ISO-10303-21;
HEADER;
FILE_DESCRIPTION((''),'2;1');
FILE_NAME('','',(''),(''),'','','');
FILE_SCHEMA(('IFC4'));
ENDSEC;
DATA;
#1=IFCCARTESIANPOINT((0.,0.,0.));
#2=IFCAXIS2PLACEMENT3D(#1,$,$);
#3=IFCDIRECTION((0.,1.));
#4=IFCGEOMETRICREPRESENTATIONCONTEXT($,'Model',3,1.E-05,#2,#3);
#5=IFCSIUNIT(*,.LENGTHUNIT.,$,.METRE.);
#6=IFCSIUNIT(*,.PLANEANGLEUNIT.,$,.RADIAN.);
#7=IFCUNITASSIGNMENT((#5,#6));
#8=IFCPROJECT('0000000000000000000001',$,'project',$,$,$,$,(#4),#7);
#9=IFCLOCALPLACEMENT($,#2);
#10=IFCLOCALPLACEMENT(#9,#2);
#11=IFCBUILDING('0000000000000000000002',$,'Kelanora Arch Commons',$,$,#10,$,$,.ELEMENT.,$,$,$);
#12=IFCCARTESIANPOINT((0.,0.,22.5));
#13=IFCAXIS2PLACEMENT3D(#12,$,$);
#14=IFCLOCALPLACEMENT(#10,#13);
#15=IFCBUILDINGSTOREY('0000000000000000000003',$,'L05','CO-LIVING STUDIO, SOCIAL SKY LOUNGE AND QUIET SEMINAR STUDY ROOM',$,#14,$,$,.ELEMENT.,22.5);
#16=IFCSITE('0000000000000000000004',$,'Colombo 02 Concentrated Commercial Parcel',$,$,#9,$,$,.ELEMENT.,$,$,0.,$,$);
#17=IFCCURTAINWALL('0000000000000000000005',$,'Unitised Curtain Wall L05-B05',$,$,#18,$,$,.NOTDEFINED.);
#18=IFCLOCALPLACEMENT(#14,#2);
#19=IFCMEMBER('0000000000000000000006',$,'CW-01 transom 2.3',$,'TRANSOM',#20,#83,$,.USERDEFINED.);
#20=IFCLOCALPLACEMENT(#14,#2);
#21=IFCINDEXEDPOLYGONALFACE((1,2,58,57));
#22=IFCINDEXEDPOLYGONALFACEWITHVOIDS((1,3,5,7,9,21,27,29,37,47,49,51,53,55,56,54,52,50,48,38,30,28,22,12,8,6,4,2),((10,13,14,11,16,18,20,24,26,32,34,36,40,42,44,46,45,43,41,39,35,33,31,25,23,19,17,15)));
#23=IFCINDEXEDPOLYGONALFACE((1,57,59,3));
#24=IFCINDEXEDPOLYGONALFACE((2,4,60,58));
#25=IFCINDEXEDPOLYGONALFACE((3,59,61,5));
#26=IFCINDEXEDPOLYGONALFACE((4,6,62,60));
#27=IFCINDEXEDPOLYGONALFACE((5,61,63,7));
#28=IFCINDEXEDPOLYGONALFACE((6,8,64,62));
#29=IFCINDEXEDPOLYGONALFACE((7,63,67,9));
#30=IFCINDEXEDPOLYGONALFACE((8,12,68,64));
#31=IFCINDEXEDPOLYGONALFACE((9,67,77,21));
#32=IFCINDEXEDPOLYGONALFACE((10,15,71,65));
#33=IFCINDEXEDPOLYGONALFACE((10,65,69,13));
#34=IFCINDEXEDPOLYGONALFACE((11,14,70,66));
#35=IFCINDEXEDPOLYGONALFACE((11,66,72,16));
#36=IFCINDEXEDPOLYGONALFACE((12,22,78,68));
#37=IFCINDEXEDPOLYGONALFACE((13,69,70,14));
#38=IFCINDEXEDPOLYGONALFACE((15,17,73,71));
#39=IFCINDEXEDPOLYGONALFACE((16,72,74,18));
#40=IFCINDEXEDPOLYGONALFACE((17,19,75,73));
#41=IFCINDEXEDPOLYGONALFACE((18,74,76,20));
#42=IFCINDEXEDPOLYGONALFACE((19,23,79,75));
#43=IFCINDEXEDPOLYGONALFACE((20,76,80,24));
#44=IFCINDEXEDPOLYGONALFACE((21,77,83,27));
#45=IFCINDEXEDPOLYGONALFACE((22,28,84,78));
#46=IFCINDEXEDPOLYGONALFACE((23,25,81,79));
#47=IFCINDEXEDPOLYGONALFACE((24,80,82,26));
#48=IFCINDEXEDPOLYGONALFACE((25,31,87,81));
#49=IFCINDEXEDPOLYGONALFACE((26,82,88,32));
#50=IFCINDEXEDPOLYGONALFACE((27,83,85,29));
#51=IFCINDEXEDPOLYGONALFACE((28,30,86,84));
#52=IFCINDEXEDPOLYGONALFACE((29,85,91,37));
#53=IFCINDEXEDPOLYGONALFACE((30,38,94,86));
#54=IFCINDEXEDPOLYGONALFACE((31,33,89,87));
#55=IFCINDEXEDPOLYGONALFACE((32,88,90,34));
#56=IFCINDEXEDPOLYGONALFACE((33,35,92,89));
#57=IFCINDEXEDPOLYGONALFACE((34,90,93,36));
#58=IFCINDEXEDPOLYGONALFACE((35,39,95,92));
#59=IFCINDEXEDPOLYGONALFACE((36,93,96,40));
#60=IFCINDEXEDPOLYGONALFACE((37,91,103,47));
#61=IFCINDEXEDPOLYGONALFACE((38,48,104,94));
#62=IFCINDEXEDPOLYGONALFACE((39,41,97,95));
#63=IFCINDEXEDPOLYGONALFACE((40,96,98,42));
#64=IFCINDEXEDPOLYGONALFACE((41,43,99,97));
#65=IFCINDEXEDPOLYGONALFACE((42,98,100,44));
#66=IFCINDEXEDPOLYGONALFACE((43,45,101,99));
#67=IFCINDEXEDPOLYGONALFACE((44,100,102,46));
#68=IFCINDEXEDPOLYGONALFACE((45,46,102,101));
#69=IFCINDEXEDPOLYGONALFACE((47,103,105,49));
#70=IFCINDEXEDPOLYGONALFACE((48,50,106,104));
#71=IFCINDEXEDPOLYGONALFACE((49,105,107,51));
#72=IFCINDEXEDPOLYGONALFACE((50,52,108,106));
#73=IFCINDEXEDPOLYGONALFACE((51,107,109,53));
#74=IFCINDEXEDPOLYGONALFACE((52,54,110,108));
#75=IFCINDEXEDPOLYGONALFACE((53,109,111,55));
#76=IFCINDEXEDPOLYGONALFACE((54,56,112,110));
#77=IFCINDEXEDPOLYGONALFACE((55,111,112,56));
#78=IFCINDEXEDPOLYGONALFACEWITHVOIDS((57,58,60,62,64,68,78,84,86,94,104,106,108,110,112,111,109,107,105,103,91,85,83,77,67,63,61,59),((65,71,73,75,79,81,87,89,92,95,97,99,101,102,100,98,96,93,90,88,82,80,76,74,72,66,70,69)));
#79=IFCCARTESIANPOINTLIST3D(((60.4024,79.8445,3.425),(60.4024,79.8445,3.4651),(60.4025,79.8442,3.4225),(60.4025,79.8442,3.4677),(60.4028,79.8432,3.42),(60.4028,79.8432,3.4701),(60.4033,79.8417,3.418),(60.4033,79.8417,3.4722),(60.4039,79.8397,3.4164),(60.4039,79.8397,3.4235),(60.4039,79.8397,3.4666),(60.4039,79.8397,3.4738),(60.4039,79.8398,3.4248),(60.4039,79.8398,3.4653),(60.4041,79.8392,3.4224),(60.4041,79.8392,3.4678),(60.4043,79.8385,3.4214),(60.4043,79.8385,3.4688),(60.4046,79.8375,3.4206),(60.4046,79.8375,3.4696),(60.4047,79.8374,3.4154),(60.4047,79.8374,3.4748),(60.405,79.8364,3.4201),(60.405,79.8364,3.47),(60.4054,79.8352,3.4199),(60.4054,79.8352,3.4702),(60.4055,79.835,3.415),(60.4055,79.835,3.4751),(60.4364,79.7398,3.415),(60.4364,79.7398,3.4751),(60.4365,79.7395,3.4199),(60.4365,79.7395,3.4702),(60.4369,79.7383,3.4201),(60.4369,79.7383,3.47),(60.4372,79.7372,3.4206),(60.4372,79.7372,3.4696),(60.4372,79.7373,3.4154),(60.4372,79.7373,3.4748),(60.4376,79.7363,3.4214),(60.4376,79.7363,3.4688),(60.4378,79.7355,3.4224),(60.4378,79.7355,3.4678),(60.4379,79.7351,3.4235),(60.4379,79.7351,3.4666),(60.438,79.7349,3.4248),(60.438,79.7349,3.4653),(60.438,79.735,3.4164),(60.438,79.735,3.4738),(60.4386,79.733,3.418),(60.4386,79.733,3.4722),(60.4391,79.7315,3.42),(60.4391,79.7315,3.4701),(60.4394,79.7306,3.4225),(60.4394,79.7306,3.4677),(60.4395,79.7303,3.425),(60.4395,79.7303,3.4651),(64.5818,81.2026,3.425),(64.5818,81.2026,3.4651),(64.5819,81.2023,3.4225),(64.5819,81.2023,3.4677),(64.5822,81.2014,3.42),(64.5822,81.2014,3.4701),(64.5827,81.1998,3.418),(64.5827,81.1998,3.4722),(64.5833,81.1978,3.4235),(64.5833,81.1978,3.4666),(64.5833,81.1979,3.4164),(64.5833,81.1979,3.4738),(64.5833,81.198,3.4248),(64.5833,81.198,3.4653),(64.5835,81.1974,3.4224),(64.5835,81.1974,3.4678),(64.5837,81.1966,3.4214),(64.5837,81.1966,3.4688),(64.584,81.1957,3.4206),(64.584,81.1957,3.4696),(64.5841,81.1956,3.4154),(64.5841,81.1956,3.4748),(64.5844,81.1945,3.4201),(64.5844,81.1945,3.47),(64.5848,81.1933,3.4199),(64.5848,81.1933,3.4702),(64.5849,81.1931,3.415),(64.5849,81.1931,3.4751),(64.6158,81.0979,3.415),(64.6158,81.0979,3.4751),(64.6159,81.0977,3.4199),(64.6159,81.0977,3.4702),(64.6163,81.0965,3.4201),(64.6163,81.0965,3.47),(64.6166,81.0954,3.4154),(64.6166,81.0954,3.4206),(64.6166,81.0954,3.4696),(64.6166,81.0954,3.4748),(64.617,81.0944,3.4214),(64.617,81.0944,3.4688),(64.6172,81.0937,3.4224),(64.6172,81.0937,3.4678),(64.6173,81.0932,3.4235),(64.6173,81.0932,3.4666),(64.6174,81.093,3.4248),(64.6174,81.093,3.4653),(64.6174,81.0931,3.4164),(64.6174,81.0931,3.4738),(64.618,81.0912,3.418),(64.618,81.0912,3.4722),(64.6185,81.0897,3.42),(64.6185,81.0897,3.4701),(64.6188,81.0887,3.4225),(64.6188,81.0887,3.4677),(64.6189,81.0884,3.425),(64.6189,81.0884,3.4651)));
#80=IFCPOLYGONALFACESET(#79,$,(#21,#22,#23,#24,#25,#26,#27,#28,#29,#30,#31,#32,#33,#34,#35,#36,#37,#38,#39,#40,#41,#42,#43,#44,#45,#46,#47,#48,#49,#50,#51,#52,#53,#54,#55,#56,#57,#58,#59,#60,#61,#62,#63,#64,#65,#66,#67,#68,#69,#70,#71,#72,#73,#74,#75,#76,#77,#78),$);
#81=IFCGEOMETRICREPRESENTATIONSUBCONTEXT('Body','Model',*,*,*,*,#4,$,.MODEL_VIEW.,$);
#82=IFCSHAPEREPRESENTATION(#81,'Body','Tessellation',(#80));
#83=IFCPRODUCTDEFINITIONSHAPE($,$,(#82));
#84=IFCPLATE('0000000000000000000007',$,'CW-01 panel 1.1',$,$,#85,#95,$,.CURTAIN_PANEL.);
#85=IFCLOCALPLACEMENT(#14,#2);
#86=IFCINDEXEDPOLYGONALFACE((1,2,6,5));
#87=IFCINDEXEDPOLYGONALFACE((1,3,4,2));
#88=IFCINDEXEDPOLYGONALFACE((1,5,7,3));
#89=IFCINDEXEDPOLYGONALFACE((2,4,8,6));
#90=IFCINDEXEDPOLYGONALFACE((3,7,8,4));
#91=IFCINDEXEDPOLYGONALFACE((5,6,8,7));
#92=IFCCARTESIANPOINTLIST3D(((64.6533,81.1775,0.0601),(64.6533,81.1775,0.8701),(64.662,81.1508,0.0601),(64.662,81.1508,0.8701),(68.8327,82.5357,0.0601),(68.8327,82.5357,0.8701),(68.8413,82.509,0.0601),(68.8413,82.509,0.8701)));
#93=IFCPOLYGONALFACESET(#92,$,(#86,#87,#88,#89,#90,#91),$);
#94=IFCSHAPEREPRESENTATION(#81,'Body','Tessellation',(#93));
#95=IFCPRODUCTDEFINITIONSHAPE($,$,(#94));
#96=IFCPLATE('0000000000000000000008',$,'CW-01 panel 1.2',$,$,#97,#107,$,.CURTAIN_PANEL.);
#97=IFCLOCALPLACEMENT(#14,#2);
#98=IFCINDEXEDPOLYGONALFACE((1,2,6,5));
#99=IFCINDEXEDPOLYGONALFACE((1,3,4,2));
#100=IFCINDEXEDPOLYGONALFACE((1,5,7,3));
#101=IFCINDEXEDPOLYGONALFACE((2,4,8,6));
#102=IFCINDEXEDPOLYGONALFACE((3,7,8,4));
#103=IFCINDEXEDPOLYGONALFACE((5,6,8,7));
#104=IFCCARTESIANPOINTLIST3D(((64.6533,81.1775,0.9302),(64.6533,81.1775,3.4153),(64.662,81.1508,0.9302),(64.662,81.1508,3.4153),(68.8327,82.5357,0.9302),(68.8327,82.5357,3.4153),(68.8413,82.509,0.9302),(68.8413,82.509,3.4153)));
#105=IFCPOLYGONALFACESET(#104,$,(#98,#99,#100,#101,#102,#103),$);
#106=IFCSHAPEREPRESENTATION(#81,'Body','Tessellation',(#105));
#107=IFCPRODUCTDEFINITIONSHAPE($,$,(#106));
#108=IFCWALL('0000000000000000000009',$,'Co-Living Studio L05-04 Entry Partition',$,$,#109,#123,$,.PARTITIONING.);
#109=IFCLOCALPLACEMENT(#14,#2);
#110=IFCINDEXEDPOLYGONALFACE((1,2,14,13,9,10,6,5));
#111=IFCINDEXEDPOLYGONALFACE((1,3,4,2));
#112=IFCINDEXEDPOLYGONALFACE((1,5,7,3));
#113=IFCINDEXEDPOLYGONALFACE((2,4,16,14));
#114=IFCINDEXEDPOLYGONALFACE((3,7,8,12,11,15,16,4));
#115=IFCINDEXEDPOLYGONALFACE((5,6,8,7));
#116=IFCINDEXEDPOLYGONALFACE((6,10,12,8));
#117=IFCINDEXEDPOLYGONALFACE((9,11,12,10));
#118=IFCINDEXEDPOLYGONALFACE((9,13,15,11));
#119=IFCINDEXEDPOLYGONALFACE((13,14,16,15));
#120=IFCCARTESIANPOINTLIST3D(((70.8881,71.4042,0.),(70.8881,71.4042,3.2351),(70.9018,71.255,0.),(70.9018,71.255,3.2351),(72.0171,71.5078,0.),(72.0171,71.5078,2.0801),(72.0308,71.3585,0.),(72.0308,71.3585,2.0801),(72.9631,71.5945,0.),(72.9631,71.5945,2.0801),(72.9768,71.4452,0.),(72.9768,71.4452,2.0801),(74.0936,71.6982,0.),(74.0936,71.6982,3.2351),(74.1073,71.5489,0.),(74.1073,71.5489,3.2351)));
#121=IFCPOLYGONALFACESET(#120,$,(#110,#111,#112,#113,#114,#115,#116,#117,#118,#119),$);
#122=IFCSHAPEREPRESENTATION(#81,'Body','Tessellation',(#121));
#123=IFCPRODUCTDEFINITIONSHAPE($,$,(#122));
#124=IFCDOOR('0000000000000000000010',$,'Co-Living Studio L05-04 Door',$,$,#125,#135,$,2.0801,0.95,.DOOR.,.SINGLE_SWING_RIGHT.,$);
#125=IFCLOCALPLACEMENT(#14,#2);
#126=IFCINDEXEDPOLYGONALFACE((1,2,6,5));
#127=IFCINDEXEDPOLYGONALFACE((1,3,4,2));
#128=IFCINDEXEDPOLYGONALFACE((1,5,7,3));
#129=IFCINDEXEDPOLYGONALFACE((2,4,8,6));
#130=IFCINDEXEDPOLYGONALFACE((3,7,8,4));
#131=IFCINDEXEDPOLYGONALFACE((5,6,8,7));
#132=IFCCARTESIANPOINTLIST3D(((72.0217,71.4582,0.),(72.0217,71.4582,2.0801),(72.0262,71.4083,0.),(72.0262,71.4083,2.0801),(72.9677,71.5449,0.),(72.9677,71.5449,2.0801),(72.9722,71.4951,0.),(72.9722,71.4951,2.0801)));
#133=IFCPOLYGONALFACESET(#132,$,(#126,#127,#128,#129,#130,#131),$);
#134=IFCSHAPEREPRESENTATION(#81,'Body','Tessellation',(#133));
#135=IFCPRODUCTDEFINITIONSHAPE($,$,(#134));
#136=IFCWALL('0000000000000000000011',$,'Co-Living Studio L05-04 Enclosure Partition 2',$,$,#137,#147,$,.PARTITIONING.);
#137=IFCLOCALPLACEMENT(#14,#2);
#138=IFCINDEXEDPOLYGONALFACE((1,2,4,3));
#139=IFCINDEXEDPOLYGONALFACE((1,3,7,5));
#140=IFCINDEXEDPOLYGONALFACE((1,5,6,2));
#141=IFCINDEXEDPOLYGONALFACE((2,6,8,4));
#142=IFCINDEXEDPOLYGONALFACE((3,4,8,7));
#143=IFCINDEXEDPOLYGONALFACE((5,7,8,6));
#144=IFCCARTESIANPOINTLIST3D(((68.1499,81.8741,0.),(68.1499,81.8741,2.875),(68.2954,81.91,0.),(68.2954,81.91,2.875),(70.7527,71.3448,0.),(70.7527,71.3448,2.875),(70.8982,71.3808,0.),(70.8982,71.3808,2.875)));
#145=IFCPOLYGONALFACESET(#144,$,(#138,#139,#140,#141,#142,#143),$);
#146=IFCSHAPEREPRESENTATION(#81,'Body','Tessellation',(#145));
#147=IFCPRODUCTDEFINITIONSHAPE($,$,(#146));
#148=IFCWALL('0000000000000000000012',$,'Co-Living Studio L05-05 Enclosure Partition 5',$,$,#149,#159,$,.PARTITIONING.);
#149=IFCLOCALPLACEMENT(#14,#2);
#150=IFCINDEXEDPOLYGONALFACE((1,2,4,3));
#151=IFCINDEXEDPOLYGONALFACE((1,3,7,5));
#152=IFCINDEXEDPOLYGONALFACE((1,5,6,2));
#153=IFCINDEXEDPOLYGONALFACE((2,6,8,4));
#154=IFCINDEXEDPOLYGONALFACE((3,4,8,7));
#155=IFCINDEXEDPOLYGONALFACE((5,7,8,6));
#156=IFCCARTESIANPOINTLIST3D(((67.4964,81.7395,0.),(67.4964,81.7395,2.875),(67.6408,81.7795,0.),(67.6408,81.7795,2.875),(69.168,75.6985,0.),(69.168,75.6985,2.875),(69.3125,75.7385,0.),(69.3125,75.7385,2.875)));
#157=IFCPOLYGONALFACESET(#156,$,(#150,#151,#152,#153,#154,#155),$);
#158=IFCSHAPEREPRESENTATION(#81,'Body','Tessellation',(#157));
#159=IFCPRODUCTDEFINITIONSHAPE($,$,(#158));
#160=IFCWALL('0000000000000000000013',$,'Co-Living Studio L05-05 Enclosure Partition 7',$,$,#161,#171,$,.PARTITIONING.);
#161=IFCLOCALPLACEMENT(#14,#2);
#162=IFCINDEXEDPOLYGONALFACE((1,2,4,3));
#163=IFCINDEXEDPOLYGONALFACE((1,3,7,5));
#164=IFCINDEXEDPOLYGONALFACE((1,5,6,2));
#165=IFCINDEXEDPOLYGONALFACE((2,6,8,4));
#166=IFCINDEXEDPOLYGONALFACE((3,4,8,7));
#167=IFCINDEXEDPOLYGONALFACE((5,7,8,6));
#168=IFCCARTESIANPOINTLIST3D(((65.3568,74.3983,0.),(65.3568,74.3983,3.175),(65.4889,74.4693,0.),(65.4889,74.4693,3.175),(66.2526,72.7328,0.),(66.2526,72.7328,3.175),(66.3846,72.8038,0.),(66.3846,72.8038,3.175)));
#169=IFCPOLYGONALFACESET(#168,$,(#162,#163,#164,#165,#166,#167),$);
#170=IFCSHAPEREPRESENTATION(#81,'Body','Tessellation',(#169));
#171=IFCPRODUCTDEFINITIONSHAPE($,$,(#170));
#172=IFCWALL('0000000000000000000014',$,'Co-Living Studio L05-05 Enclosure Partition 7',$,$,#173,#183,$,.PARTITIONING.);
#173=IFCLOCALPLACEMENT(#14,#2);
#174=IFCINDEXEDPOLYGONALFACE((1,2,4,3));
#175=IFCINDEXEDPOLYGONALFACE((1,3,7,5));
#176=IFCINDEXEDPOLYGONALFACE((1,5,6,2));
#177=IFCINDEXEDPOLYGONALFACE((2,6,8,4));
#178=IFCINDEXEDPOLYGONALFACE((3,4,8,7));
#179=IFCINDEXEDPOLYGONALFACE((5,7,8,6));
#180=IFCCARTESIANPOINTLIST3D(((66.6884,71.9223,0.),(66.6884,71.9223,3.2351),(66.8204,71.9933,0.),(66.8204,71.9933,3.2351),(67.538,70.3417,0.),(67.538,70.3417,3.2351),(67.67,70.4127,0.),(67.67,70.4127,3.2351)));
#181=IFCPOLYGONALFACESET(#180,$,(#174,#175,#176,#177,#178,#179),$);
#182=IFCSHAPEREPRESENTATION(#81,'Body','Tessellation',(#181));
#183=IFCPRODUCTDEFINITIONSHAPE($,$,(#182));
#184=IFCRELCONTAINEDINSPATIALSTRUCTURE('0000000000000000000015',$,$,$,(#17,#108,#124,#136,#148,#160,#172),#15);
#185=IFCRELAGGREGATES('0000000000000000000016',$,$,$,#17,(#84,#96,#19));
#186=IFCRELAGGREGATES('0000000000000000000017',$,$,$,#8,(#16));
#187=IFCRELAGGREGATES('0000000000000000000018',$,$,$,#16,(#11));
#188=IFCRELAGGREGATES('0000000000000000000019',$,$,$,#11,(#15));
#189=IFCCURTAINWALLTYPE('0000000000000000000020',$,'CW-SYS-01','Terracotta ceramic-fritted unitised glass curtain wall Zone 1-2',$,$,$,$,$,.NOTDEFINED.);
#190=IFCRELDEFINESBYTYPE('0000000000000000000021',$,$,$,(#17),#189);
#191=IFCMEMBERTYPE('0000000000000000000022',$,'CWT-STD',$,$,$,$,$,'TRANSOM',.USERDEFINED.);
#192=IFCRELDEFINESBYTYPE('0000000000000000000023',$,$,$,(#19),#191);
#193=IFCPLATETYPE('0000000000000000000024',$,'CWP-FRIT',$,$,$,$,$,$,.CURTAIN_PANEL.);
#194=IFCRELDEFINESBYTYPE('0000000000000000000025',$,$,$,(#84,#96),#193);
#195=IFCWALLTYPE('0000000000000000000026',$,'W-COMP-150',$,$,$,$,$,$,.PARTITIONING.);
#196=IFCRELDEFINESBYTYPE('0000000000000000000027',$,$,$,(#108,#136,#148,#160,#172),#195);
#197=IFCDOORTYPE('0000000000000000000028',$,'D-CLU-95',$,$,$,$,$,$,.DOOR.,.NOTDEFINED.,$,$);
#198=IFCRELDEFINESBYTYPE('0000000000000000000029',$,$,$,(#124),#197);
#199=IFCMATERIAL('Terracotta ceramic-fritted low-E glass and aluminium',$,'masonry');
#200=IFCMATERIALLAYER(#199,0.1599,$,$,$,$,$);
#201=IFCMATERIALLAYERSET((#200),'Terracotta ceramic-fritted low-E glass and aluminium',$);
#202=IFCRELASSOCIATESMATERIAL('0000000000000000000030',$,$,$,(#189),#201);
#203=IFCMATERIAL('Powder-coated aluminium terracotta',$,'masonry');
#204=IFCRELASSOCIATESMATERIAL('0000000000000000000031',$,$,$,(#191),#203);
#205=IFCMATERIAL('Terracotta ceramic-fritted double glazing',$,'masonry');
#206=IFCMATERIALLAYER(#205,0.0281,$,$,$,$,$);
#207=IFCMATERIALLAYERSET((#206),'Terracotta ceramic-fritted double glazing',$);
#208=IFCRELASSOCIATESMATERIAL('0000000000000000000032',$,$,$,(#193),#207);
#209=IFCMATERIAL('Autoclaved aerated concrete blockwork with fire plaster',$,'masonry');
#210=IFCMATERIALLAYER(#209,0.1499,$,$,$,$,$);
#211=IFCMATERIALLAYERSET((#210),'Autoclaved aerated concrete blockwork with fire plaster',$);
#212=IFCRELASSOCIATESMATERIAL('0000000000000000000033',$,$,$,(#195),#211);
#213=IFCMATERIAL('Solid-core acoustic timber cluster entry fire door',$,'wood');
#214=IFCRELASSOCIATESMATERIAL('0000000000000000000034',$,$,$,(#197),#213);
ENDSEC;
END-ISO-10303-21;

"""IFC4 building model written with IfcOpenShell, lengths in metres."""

from ifc_helpers import new_model, si_unit, direction, frame, frame_2d, origin, origin_2d, place, context, subcontext, project, spatial, rectangle, hollow_rectangle, extrude, source, transform, mapped, material, layer, layer_set, material_profile, profile_set, type_object, element, fill, aggregate, save


model = new_model("IFC4")

# Units and contexts
model_context = context("Model", 3, precision=1e-05, world=origin(), true_north=direction((0.0, 1.0)))
body_context = subcontext(model_context, "Body", "Model", "MODEL_VIEW")
ifc_project = project(units=[si_unit("LENGTHUNIT", "METRE"), si_unit("PLANEANGLEUNIT", "RADIAN")], contexts=[model_context])

# Site, building, storey
site_placement = place(None, origin())
site = spatial("IfcSite", under=ifc_project, at=site_placement, Name="Colombo 02 Concentrated Commercial Parcel", CompositionType="ELEMENT", RefElevation=0.0)
building_placement = place(site_placement, origin())
building = spatial("IfcBuilding", under=site, at=building_placement, Name="Kelanora Arch Commons", CompositionType="ELEMENT")
storey_placement = place(building_placement, frame((0.0, 0.0, 22.5)))
storey = spatial("IfcBuildingStorey", under=building, at=storey_placement, Name="L05", Description="CO-LIVING STUDIO, SOCIAL SKY LOUNGE AND QUIET SEMINAR STUDY ROOM", CompositionType="ELEMENT", Elevation=22.5)

# Curtain wall, member, plates
ifc_material_1 = material(Name="Terracotta ceramic-fritted low-E glass and aluminium", Category="masonry")
ifc_layer_1 = layer(ifc_material_1, 0.1599)
ifc_layer_set_1 = layer_set([ifc_layer_1], Name="Terracotta ceramic-fritted low-E glass and aluminium")
curtain_wall_type = type_object("IfcCurtainWallType", Name="CW-SYS-01", Description="Terracotta ceramic-fritted unitised glass curtain wall Zone 1-2", PredefinedType="NOTDEFINED", material=ifc_layer_set_1)
curtain_wall_placement = place(storey_placement, origin())
curtain_wall = element("IfcCurtainWall", 1, at=curtain_wall_placement, inside=storey, type_object=curtain_wall_type, Name="Unitised Curtain Wall L05-B05", PredefinedType="NOTDEFINED")
ifc_material_2 = material(Name="Powder-coated aluminium terracotta", Category="masonry")
ifc_material_profile_1 = material_profile(ifc_material_2, hollow_rectangle(XDim=0.1201, YDim=0.0601, WallThickness=0.0049, InnerFilletRadius=0.0049, OuterFilletRadius=0.01, at=origin_2d()), Name="CWT120x60")
ifc_profile_set_1 = profile_set([ifc_material_profile_1], Name="Powder-coated aluminium terracotta")
member_type_1 = type_object("IfcMemberType", Name="CWT-STD", ElementType="TRANSOM", PredefinedType="USERDEFINED", material=ifc_profile_set_1)
member_1_placement = place(storey_placement, frame((64.6003, 81.1455, 3.4451), z_axis=(-0.951045, -0.309052, 0.0), x_axis=(0.309052, -0.951045, 0.0)))
member_1 = element("IfcMember", 2, at=member_1_placement, type_object=member_type_1, Name="CW-01 transom 2.3", ObjectType="TRANSOM", PredefinedType="USERDEFINED", context=body_context, shape_type="SweptSolid", body=[
    extrude(hollow_rectangle(XDim=0.1201, YDim=0.0601, WallThickness=0.0049, InnerFilletRadius=0.0049, OuterFilletRadius=0.01, at=origin_2d()), origin(), (0.0, 0.0, 1.0), 4.3945),
])
ifc_material_3 = material(Name="Terracotta ceramic-fritted double glazing", Category="masonry")
ifc_layer_2 = layer(ifc_material_3, 0.0281)
ifc_layer_set_2 = layer_set([ifc_layer_2], Name="Terracotta ceramic-fritted double glazing")
plate_type = type_object("IfcPlateType", Name="CWP-FRIT", PredefinedType="CURTAIN_PANEL", material=ifc_layer_set_2)
shared_shape_1 = source(origin(), body_context, "Body", "SweptSolid", [
    extrude(rectangle(XDim=4.3945, YDim=0.0281, at=origin_2d()), origin(), (0.0, 0.0, 1.0), 0.8101),
])
plate_1_placement = place(storey_placement, frame((66.7473, 81.8433, 0.0601), z_axis=(0.0, 0.0, 1.0), x_axis=(-0.951043, -0.309058, 0.0)))
plate_1 = element("IfcPlate", 3, at=plate_1_placement, type_object=plate_type, Name="CW-01 panel 1.1", PredefinedType="CURTAIN_PANEL", context=body_context, shape_type="MappedRepresentation", body=[
    mapped(shared_shape_1, transform((0.0, 0.0, 0.0), scale=1.0)),
])
shared_shape_2 = source(origin(), body_context, "Body", "SweptSolid", [
    extrude(rectangle(XDim=4.3945, YDim=0.0281, at=origin_2d()), origin(), (0.0, 0.0, 1.0), 2.4851),
])
plate_2_placement = place(storey_placement, frame((66.7473, 81.8433, 0.9302), z_axis=(0.0, 0.0, 1.0), x_axis=(-0.951043, -0.309058, 0.0)))
plate_2 = element("IfcPlate", 4, at=plate_2_placement, type_object=plate_type, Name="CW-01 panel 1.2", PredefinedType="CURTAIN_PANEL", context=body_context, shape_type="MappedRepresentation", body=[
    mapped(shared_shape_2, transform((0.0, 0.0, 0.0), scale=1.0)),
])
aggregate(curtain_wall, [plate_1, plate_2, member_1])

# Wall, opening, door
ifc_material_4 = material(Name="Autoclaved aerated concrete blockwork with fire plaster", Category="masonry")
ifc_layer_3 = layer(ifc_material_4, 0.1499)
ifc_layer_set_3 = layer_set([ifc_layer_3], Name="Autoclaved aerated concrete blockwork with fire plaster")
wall_type_1 = type_object("IfcWallType", Name="W-COMP-150", PredefinedType="PARTITIONING", material=ifc_layer_set_3)
wall_1_placement = place(storey_placement, frame((74.1003, 71.6235, 0.0), z_axis=(0.0, 0.0, 1.0), x_axis=(-0.995822, -0.091315, 0.0)))
wall_1 = element("IfcWall", 5, at=wall_1_placement, inside=storey, type_object=wall_type_1, Name="Co-Living Studio L05-04 Entry Partition", PredefinedType="PARTITIONING", context=body_context, shape_type="SweptSolid", body=[
    extrude(rectangle(XDim=3.219, YDim=0.1499, at=frame_2d((1.6094, 0.0))), origin(), (0.0, 0.0, 1.0), 3.2351),
])
opening_1_placement = place(wall_1_placement, frame((1.135, 0.0, 0.0)))
opening_1 = element("IfcOpeningElement", 6, at=opening_1_placement, cuts=wall_1, PredefinedType="OPENING", context=body_context, shape_type="SweptSolid", body=[
    extrude(rectangle(XDim=0.95, YDim=2.0801, at=frame_2d((0.4751, 1.04))), frame((0.0, 0.085, 0.0), z_axis=(0.0, -1.0, 0.0), x_axis=(1.0, 0.0, 0.0)), (0.0, 0.0, 1.0), 0.1699),
])
ifc_material_5 = material(Name="Solid-core acoustic timber cluster entry fire door", Category="wood")
door_type_1 = type_object("IfcDoorType", Name="D-CLU-95", OperationType="NOTDEFINED", PredefinedType="DOOR", material=ifc_material_5)
door_1_placement = place(opening_1_placement, origin())
door_1 = element("IfcDoor", 7, at=door_1_placement, inside=storey, type_object=door_type_1, Name="Co-Living Studio L05-04 Door", OperationType="SINGLE_SWING_RIGHT", OverallHeight=2.0801, OverallWidth=0.95, PredefinedType="DOOR", context=body_context, shape_type="SweptSolid", body=[
    extrude(rectangle(XDim=0.95, YDim=2.0801, at=frame_2d((0.4751, 1.04))), frame((0.0, 0.0249, 0.0), z_axis=(0.0, -1.0, 0.0), x_axis=(1.0, 0.0, 0.0)), (0.0, 0.0, 1.0), 0.05),
])
fill(opening_1, door_1)

# Walls
wall_2_placement = place(storey_placement, frame((70.8254, 71.3628, 0.0), z_axis=(0.0, 0.0, 1.0), x_axis=(-0.239971, 0.97078, 0.0)))
element("IfcWall", 8, at=wall_2_placement, inside=storey, type_object=wall_type_1, Name="Co-Living Studio L05-04 Enclosure Partition 2", PredefinedType="PARTITIONING", context=body_context, shape_type="SweptSolid", body=[
    extrude(rectangle(XDim=10.8462, YDim=0.1499, at=frame_2d((5.4231, 0.0))), origin(), (0.0, 0.0, 1.0), 2.875),
])
wall_3_placement = place(storey_placement, frame((67.5686, 81.7595, 0.0), z_axis=(0.0, 0.0, 1.0), x_axis=(0.266692, -0.963782, 0.0)))
element("IfcWall", 9, at=wall_3_placement, inside=storey, type_object=wall_type_1, Name="Co-Living Studio L05-05 Enclosure Partition 5", PredefinedType="PARTITIONING", context=body_context, shape_type="SweptSolid", body=[
    extrude(rectangle(XDim=6.2681, YDim=0.1499, at=frame_2d((3.134, 0.0))), origin(), (0.0, 0.0, 1.0), 2.875),
])
wall_4_placement = place(storey_placement, frame((65.4229, 74.4338, 0.0), z_axis=(0.0, 0.0, 1.0), x_axis=(0.473661, -0.880707, 0.0)))
element("IfcWall", 10, at=wall_4_placement, inside=storey, type_object=wall_type_1, Name="Co-Living Studio L05-05 Enclosure Partition 7", PredefinedType="PARTITIONING", context=body_context, shape_type="SweptSolid", body=[
    extrude(rectangle(XDim=1.8911, YDim=0.1499, at=frame_2d((0.9456, 0.0))), origin(), (0.0, 0.0, 1.0), 3.175),
])
wall_5_placement = place(storey_placement, frame((66.7544, 71.9578, 0.0), z_axis=(0.0, 0.0, 1.0), x_axis=(0.473467, -0.880812, 0.0)))
element("IfcWall", 11, at=wall_5_placement, inside=storey, type_object=wall_type_1, Name="Co-Living Studio L05-05 Enclosure Partition 7", PredefinedType="PARTITIONING", context=body_context, shape_type="SweptSolid", body=[
    extrude(rectangle(XDim=1.7944, YDim=0.1499, at=frame_2d((0.8972, 0.0))), origin(), (0.0, 0.0, 1.0), 3.2351),
])

save(model, "model.ifc")
